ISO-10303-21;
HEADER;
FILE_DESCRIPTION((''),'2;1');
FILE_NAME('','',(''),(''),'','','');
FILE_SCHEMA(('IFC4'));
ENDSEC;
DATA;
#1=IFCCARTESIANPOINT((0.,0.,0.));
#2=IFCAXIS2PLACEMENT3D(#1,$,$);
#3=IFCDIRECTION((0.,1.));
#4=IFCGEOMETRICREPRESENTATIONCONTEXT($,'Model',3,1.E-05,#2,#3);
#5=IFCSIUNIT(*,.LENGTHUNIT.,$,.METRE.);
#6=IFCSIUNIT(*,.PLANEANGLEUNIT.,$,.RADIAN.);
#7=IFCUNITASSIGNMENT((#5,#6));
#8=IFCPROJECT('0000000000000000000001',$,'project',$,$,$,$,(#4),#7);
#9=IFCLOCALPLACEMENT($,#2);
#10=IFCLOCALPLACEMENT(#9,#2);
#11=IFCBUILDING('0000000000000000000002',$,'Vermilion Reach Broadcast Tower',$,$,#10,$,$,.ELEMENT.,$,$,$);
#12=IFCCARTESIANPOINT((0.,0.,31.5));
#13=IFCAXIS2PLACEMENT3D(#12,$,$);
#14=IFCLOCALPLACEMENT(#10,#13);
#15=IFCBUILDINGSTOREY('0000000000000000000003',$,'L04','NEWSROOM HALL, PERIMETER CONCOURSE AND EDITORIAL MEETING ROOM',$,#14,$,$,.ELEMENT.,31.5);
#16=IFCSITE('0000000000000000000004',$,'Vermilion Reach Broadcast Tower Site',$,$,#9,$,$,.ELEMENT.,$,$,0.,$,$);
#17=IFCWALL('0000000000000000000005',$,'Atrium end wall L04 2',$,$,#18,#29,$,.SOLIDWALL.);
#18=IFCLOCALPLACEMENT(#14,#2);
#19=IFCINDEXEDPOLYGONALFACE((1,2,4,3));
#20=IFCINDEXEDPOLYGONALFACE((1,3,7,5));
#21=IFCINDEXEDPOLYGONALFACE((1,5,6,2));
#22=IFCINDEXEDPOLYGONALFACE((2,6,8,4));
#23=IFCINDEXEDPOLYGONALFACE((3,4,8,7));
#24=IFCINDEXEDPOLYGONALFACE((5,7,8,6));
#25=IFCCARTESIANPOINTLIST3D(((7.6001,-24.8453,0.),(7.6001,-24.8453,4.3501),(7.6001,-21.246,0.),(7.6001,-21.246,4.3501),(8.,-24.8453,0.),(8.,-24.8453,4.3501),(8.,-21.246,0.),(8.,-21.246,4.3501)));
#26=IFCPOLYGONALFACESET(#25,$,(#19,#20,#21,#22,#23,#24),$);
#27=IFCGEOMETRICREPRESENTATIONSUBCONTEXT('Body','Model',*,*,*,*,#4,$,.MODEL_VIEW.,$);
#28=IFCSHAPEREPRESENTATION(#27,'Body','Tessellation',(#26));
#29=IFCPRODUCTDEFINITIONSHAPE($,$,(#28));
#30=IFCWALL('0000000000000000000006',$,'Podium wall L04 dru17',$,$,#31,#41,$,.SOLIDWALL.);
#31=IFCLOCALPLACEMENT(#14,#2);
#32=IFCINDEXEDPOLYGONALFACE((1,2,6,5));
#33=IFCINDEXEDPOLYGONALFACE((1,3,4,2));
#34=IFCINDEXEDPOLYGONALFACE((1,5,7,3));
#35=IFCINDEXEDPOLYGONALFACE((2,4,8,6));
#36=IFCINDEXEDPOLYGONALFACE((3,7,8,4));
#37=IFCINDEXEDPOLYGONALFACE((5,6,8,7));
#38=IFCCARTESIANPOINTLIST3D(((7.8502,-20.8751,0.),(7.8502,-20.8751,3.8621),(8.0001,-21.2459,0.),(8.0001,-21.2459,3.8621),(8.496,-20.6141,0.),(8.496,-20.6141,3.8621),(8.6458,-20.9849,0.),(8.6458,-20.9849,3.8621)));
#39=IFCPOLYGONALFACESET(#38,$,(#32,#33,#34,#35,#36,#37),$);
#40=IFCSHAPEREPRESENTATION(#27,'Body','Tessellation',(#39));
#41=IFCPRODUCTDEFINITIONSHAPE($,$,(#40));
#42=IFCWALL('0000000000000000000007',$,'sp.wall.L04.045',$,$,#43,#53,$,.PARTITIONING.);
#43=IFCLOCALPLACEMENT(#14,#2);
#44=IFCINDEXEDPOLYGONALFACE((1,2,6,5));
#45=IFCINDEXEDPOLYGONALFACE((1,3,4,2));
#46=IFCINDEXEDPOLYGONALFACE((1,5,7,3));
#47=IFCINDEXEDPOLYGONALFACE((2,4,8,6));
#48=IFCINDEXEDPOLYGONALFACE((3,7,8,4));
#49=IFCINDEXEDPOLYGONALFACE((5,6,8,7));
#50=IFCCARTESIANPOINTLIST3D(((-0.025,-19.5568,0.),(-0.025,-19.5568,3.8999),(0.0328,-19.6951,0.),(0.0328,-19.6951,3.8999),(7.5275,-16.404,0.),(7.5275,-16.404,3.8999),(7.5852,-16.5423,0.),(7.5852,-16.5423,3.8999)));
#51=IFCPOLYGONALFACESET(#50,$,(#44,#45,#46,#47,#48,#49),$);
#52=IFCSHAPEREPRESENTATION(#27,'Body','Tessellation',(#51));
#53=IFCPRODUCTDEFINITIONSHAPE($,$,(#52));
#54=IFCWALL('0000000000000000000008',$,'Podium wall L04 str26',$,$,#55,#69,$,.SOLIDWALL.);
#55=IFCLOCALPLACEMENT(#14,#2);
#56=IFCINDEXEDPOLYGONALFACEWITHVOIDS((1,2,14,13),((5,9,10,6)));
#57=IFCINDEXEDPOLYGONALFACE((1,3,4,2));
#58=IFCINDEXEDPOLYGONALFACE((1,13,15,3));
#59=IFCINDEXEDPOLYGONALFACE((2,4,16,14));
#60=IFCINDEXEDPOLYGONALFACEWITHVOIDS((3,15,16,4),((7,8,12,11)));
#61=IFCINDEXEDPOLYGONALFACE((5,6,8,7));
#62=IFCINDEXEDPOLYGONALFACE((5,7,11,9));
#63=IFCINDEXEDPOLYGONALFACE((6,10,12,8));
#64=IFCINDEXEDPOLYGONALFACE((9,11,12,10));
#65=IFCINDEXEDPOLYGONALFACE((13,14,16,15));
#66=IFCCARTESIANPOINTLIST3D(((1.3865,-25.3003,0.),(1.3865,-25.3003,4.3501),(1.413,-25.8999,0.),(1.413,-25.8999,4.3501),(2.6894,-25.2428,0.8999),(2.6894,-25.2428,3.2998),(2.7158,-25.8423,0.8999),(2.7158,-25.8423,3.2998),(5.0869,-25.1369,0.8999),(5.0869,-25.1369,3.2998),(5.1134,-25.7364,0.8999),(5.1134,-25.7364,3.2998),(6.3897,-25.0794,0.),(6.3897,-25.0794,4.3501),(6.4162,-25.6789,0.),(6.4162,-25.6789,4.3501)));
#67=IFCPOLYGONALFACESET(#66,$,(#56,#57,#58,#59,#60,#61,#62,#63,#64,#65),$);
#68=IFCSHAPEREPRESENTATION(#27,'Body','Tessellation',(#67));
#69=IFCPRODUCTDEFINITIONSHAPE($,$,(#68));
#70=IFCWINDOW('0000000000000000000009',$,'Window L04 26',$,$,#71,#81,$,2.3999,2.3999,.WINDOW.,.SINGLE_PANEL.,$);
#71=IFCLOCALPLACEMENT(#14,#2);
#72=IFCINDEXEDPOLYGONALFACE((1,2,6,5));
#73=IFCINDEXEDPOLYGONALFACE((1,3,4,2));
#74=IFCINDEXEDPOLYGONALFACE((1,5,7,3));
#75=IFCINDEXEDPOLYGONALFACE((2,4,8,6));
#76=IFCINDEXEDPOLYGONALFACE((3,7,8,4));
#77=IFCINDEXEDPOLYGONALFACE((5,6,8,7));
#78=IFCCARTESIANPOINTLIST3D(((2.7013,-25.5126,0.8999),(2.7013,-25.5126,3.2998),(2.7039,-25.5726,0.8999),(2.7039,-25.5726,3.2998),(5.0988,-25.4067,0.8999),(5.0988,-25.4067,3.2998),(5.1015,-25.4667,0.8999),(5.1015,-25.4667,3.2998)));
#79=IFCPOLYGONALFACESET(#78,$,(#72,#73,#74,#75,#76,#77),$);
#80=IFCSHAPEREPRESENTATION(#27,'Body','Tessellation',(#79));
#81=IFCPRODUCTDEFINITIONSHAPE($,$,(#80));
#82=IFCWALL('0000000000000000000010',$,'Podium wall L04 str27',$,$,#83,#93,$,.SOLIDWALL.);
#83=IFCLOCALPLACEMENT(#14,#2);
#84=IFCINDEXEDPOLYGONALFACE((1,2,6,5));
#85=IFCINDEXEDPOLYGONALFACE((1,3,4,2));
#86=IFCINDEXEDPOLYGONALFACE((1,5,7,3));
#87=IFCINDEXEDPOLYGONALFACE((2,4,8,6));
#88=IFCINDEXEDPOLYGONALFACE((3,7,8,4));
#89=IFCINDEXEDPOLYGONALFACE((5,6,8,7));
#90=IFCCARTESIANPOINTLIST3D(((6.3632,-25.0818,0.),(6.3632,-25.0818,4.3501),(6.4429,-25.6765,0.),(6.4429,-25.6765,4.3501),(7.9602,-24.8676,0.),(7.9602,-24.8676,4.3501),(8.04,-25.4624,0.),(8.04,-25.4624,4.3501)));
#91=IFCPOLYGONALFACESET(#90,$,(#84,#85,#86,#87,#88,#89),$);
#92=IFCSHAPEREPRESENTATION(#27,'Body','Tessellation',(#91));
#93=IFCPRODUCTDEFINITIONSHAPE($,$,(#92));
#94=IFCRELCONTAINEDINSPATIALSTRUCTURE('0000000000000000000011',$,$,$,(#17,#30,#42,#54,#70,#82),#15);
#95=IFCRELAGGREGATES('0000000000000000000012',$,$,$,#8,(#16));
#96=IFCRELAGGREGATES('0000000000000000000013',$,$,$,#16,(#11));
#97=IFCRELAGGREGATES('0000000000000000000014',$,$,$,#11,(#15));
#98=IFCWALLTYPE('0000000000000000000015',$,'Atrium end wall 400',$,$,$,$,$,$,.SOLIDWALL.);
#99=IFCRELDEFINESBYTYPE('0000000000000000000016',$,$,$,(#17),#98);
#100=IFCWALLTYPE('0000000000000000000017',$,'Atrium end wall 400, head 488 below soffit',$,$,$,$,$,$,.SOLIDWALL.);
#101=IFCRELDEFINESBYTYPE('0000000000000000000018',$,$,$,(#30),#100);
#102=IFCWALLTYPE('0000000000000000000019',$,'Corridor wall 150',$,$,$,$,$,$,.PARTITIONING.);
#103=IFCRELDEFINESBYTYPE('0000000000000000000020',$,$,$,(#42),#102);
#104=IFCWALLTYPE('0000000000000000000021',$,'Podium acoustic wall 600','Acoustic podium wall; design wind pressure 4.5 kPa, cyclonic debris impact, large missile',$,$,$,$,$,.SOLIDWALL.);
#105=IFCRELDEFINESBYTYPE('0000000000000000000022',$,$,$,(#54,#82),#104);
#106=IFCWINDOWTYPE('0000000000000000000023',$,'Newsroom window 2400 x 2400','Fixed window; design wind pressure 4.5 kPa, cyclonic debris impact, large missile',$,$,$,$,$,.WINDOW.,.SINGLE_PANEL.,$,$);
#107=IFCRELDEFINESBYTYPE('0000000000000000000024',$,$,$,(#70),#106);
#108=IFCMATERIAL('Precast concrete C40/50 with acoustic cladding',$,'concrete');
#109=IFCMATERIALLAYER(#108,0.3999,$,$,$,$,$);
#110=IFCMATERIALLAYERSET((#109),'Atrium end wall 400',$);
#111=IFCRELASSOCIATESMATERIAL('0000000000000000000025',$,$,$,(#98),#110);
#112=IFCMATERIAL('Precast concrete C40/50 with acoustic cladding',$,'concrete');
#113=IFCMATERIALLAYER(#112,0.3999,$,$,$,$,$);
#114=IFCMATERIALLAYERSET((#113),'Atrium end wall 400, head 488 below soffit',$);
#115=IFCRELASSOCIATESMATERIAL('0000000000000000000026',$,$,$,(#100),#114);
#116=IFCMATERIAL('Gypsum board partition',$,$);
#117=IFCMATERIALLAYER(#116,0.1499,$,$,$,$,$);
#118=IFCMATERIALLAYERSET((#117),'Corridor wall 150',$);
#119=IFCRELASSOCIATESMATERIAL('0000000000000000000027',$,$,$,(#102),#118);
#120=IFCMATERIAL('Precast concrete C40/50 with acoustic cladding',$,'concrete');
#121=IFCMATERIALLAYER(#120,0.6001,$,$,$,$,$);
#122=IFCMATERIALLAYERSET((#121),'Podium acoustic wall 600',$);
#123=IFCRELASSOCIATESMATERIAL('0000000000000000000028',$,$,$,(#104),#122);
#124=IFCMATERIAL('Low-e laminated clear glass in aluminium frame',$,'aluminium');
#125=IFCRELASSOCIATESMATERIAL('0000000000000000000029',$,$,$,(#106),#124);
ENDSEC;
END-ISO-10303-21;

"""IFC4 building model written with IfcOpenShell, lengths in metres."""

from ifc_helpers import new_model, si_unit, direction, frame, frame_2d, origin, place, context, subcontext, project, spatial, rectangle, extrude, material, layer, layer_set, type_object, element, fill, save


model = new_model("IFC4")

# Units and contexts
model_context = context("Model", 3, precision=1e-05, world=origin(), true_north=direction((0.0, 1.0)))
body_context = subcontext(model_context, "Body", "Model", "MODEL_VIEW")
ifc_project = project(units=[si_unit("LENGTHUNIT", "METRE"), si_unit("PLANEANGLEUNIT", "RADIAN")], contexts=[model_context])

# Site, building, storey
site_placement = place(None, origin())
site = spatial("IfcSite", under=ifc_project, at=site_placement, Name="Vermilion Reach Broadcast Tower Site", CompositionType="ELEMENT", RefElevation=0.0)
building_placement = place(site_placement, origin())
building = spatial("IfcBuilding", under=site, at=building_placement, Name="Vermilion Reach Broadcast Tower", CompositionType="ELEMENT")
storey_placement = place(building_placement, frame((0.0, 0.0, 31.5)))
storey = spatial("IfcBuildingStorey", under=building, at=storey_placement, Name="L04", Description="NEWSROOM HALL, PERIMETER CONCOURSE AND EDITORIAL MEETING ROOM", CompositionType="ELEMENT", Elevation=31.5)

# Walls
ifc_material_1 = material(Name="Precast concrete C40/50 with acoustic cladding", Category="concrete")
ifc_layer_1 = layer(ifc_material_1, 0.3999)
ifc_layer_set_1 = layer_set([ifc_layer_1], Name="Atrium end wall 400")
wall_type_1 = type_object("IfcWallType", Name="Atrium end wall 400", PredefinedType="SOLIDWALL", material=ifc_layer_set_1)
wall_1_placement = place(storey_placement, frame((7.8, -21.2458, 0.0), z_axis=(0.0, 0.0, 1.0), x_axis=(0.0, -1.0, 0.0)))
element("IfcWall", 1, at=wall_1_placement, inside=storey, type_object=wall_type_1, Name="Atrium end wall L04 2", PredefinedType="SOLIDWALL", context=body_context, shape_type="SweptSolid", body=[
    extrude(rectangle(XDim=3.5994, YDim=0.3999, at=frame_2d((1.7998, 0.0))), origin(), (0.0, 0.0, 1.0), 4.3501),
])
ifc_material_2 = material(Name="Precast concrete C40/50 with acoustic cladding", Category="concrete")
ifc_layer_2 = layer(ifc_material_2, 0.3999)
ifc_layer_set_2 = layer_set([ifc_layer_2], Name="Atrium end wall 400, head 488 below soffit")
wall_type_2 = type_object("IfcWallType", Name="Atrium end wall 400, head 488 below soffit", PredefinedType="SOLIDWALL", material=ifc_layer_set_2)
wall_2_placement = place(storey_placement, frame((8.5708, -20.7996, 0.0), z_axis=(0.0, 0.0, 1.0), x_axis=(-0.927141, -0.374712, 0.0)))
element("IfcWall", 2, at=wall_2_placement, inside=storey, type_object=wall_type_2, Name="Podium wall L04 dru17", PredefinedType="SOLIDWALL", context=body_context, shape_type="SweptSolid", body=[
    extrude(rectangle(XDim=0.6965, YDim=0.3999, at=frame_2d((0.3481, 0.0))), origin(), (0.0, 0.0, 1.0), 3.8621),
])
ifc_material_3 = material(Name="Gypsum board partition")
ifc_layer_3 = layer(ifc_material_3, 0.1499)
ifc_layer_set_3 = layer_set([ifc_layer_3], Name="Corridor wall 150")
wall_type_3 = type_object("IfcWallType", Name="Corridor wall 150", PredefinedType="PARTITIONING", material=ifc_layer_set_3)
wall_3_placement = place(storey_placement, frame((0.0039, -19.626, 0.0), z_axis=(0.0, 0.0, 1.0), x_axis=(0.922818, 0.385236, 0.0)))
element("IfcWall", 3, at=wall_3_placement, inside=storey, type_object=wall_type_3, Name="sp.wall.L04.045", PredefinedType="PARTITIONING", context=body_context, shape_type="SweptSolid", body=[
    extrude(rectangle(XDim=8.1841, YDim=0.1499, at=frame_2d((4.092, 0.0))), origin(), (0.0, 0.0, 1.0), 3.8999),
])

# Wall, opening, window
ifc_material_4 = material(Name="Precast concrete C40/50 with acoustic cladding", Category="concrete")
ifc_layer_4 = layer(ifc_material_4, 0.6001)
ifc_layer_set_4 = layer_set([ifc_layer_4], Name="Podium acoustic wall 600")
wall_type_4 = type_object("IfcWallType", Name="Podium acoustic wall 600", Description="Acoustic podium wall; design wind pressure 4.5 kPa, cyclonic debris impact, large missile", PredefinedType="SOLIDWALL", material=ifc_layer_set_4)
wall_4_placement = place(storey_placement, frame((1.3999, -25.6001, 0.0), z_axis=(0.0, 0.0, 1.0), x_axis=(0.999026, 0.044118, 0.0)))
wall_4 = element("IfcWall", 4, at=wall_4_placement, inside=storey, type_object=wall_type_4, Name="Podium wall L04 str26", PredefinedType="SOLIDWALL", context=body_context, shape_type="SweptSolid", body=[
    extrude(rectangle(XDim=5.0081, YDim=0.6001, at=frame_2d((2.5039, 0.0))), origin(), (0.0, 0.0, 1.0), 4.3501),
])
opening_placement = place(wall_4_placement, frame((1.304, 0.0, 0.8999)))
opening = element("IfcOpeningElement", 5, at=opening_placement, cuts=wall_4, PredefinedType="OPENING", context=body_context, shape_type="SweptSolid", body=[
    extrude(rectangle(XDim=2.3999, YDim=2.3999, at=frame_2d((1.2, 1.2))), frame((0.0, 0.3101, 0.0), z_axis=(0.0, -1.0, 0.0), x_axis=(1.0, 0.0, 0.0)), (0.0, 0.0, 1.0), 0.6201),
])
ifc_material_5 = material(Name="Low-e laminated clear glass in aluminium frame", Category="aluminium")
window_type = type_object("IfcWindowType", Name="Newsroom window 2400 x 2400", Description="Fixed window; design wind pressure 4.5 kPa, cyclonic debris impact, large missile", PartitioningType="SINGLE_PANEL", PredefinedType="WINDOW", material=ifc_material_5)
window_placement = place(opening_placement, origin())
window = element("IfcWindow", 6, at=window_placement, inside=storey, type_object=window_type, Name="Window L04 26", OverallHeight=2.3999, OverallWidth=2.3999, PartitioningType="SINGLE_PANEL", PredefinedType="WINDOW", context=body_context, shape_type="SweptSolid", body=[
    extrude(rectangle(XDim=2.3999, YDim=2.3999, at=frame_2d((1.2, 1.2))), frame((0.0, 0.03, 0.0), z_axis=(0.0, -1.0, 0.0), x_axis=(1.0, 0.0, 0.0)), (0.0, 0.0, 1.0), 0.0601),
])
fill(opening, window)

# Wall
wall_5_placement = place(storey_placement, frame((6.4031, -25.3792, 0.0), z_axis=(0.0, 0.0, 1.0), x_axis=(0.991131, 0.132888, 0.0)))
element("IfcWall", 7, at=wall_5_placement, inside=storey, type_object=wall_type_4, Name="Podium wall L04 str27", PredefinedType="SOLIDWALL", context=body_context, shape_type="SweptSolid", body=[
    extrude(rectangle(XDim=1.6113, YDim=0.6001, at=frame_2d((0.8057, 0.0))), origin(), (0.0, 0.0, 1.0), 4.3501),
])

save(model, "model.ifc")
